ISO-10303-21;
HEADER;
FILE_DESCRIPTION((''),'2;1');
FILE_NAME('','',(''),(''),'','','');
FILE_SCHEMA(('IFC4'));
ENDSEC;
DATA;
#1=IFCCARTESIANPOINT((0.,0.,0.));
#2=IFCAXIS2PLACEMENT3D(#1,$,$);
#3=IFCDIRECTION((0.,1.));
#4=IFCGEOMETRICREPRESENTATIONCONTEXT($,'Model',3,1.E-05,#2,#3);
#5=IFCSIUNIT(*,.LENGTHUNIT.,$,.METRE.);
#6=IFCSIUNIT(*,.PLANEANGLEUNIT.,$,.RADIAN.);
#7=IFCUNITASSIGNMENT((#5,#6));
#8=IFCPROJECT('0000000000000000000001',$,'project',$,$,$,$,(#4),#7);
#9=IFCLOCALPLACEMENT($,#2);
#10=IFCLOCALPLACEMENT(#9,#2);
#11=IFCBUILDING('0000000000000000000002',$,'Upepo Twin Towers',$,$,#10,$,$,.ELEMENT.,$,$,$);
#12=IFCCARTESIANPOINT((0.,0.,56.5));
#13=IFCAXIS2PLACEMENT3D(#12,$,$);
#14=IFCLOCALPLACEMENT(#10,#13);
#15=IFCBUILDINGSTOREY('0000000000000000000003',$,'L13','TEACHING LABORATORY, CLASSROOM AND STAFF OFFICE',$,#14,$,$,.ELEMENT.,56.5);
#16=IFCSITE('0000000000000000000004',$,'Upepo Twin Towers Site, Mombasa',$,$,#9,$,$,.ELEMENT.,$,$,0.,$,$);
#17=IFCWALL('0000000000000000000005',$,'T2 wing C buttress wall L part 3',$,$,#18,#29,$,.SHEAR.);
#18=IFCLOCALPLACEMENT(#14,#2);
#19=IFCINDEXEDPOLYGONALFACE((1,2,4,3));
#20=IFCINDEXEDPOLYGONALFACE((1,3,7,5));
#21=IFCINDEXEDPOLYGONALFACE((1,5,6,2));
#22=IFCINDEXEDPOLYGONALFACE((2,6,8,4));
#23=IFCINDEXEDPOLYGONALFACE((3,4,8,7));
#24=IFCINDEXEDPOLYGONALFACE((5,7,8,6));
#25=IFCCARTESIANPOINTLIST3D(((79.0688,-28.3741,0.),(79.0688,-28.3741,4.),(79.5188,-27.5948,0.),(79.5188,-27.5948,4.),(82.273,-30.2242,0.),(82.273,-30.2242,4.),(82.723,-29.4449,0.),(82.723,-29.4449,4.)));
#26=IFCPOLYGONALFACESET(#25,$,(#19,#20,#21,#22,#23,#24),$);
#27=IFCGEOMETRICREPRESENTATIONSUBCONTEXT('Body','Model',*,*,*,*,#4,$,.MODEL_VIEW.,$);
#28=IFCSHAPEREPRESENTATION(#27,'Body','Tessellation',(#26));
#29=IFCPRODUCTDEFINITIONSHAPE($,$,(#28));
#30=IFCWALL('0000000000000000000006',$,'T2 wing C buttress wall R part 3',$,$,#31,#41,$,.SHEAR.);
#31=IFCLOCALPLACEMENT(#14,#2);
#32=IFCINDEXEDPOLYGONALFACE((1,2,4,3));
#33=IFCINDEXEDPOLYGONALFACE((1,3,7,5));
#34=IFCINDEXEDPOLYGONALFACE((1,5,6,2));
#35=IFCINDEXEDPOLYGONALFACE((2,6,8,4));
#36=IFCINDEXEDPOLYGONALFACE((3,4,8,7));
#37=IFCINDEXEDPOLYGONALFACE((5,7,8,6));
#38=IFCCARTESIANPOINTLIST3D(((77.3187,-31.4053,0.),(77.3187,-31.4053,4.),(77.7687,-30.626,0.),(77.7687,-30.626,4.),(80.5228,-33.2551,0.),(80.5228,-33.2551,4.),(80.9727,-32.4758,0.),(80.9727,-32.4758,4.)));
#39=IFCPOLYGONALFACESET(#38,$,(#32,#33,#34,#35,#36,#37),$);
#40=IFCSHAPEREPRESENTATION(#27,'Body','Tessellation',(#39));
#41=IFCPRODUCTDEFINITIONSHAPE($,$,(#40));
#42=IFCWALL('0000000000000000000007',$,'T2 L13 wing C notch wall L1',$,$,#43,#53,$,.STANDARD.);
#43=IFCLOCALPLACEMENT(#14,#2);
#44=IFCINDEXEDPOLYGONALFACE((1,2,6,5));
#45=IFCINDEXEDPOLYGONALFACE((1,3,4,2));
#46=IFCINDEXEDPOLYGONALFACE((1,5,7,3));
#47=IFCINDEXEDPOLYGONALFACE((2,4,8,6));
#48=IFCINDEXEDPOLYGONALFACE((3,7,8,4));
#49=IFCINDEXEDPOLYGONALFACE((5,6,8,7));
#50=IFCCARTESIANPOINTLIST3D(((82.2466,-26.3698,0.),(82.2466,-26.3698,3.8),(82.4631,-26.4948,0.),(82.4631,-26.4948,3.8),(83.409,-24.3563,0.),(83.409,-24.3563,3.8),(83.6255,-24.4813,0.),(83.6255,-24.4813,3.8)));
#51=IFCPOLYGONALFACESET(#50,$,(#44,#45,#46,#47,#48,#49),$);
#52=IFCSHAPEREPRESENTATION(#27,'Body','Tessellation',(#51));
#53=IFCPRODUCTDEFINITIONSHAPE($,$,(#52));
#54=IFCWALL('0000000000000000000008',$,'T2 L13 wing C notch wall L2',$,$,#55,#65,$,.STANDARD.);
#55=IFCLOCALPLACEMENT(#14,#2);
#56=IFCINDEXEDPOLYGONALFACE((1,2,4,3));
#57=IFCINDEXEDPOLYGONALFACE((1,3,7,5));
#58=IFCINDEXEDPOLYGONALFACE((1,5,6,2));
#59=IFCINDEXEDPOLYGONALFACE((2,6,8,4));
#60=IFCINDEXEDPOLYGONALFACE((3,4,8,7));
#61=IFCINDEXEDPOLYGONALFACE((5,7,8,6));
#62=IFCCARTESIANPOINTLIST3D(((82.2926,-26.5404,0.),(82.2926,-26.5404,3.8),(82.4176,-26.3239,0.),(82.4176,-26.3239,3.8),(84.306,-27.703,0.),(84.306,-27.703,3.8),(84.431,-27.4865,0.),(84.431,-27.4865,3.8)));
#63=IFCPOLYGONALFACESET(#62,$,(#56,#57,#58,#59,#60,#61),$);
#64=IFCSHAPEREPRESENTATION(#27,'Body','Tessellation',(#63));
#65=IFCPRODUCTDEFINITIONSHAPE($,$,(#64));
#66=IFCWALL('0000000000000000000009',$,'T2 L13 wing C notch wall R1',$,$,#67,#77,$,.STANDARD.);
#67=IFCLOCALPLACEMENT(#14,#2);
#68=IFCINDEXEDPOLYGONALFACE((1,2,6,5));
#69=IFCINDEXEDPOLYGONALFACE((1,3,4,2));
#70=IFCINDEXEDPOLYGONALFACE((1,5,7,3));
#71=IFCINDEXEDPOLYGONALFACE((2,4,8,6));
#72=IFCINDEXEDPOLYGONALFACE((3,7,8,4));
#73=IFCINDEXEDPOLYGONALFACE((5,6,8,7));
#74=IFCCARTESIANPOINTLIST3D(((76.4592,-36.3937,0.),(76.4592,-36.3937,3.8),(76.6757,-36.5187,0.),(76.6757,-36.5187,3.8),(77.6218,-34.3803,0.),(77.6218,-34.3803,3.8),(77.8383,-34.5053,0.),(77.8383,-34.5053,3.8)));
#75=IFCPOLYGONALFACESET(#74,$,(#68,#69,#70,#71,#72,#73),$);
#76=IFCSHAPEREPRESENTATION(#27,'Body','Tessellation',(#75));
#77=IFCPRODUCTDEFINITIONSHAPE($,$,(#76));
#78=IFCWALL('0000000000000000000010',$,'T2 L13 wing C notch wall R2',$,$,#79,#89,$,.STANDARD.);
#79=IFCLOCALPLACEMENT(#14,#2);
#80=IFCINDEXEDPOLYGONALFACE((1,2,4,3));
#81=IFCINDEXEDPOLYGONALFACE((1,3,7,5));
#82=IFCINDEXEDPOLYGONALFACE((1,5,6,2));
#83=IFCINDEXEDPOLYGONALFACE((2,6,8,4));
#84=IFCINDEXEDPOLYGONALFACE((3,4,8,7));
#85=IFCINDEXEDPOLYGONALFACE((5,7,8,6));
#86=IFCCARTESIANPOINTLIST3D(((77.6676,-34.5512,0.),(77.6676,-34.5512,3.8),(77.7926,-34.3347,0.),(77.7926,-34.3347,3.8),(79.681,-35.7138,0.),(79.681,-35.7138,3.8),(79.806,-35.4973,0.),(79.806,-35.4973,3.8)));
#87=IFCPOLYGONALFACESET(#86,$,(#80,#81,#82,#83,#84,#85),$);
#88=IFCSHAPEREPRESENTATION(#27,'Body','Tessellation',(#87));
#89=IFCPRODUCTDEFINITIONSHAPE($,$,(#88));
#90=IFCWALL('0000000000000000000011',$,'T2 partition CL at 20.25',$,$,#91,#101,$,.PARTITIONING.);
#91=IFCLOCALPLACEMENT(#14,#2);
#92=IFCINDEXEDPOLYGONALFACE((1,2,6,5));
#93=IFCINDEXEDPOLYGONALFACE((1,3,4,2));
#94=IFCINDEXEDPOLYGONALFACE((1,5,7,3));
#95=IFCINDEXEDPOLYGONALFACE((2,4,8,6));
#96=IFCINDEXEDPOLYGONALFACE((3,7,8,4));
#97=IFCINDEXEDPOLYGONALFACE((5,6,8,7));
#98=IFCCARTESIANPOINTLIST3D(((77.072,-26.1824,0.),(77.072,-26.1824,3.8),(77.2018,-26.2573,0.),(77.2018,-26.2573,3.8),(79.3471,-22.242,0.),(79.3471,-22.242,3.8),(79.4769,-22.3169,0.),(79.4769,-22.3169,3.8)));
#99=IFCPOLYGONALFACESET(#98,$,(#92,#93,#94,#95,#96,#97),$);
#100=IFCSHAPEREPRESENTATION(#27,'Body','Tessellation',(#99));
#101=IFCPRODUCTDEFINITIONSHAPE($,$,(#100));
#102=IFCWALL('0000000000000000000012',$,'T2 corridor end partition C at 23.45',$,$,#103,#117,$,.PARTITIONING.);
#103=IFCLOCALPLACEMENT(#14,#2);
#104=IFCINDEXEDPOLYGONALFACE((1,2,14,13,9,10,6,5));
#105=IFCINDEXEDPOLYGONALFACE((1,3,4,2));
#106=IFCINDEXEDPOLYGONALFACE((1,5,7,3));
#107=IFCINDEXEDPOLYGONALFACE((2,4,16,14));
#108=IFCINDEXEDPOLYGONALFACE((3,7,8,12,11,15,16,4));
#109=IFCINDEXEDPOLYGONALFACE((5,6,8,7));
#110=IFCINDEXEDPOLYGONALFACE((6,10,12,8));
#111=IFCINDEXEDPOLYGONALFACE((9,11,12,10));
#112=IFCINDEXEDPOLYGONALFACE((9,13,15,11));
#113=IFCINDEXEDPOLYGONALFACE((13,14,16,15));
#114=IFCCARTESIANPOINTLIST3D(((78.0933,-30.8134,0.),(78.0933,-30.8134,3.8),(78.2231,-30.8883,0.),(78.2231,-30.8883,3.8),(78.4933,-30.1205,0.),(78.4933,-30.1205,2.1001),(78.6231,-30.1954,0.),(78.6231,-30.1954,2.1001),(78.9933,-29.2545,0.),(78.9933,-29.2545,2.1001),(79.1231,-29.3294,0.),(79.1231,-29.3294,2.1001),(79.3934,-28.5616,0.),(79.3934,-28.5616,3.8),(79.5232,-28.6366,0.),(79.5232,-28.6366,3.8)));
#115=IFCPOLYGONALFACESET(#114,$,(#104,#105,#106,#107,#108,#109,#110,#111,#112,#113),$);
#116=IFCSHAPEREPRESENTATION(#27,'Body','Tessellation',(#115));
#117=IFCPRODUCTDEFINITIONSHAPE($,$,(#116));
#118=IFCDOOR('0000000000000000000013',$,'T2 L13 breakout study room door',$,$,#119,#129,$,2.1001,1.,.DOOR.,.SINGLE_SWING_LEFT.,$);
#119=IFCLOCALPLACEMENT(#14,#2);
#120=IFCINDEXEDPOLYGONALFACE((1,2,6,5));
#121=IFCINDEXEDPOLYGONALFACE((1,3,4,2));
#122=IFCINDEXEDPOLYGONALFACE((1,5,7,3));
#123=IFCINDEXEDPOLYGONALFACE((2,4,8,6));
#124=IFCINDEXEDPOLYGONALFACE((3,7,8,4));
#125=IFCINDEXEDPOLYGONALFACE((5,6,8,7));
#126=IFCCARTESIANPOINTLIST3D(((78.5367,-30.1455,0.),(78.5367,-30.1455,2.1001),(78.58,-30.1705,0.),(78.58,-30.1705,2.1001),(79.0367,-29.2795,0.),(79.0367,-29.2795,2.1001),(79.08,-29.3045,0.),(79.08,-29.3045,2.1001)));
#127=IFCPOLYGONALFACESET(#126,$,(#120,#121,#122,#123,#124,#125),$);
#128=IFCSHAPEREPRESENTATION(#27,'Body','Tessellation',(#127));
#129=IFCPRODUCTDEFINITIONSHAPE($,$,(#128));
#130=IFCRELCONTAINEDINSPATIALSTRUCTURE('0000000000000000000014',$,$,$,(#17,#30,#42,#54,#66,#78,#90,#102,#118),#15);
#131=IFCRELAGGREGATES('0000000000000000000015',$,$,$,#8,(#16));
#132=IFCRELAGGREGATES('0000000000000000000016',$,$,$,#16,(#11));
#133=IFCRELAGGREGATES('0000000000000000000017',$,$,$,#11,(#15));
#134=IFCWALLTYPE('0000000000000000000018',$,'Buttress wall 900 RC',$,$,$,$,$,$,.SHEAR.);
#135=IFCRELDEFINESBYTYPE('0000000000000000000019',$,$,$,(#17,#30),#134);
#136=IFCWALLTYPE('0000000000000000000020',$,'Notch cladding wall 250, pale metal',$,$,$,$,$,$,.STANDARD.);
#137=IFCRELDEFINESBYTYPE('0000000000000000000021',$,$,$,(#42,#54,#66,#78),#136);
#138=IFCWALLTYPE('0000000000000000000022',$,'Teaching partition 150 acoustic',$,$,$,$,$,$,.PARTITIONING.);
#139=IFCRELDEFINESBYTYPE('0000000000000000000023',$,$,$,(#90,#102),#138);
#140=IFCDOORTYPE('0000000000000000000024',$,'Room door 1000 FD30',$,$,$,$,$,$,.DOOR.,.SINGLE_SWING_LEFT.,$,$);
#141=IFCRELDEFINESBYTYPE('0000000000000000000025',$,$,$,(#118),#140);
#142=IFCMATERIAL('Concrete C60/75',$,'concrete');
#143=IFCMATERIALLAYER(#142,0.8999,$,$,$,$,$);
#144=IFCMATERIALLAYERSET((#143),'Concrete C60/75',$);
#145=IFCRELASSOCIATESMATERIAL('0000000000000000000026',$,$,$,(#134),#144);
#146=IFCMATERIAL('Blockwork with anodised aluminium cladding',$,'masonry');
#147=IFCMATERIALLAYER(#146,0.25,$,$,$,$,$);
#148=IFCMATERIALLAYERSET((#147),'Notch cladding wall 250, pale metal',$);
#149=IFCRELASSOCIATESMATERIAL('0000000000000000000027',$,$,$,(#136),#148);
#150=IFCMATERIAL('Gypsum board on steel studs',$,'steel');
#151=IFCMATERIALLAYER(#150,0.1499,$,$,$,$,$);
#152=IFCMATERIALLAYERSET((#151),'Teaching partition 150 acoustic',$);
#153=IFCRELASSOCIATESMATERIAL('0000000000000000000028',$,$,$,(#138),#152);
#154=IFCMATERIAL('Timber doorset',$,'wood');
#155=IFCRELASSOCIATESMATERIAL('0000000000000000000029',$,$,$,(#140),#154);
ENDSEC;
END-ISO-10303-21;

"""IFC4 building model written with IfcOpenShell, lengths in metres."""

from ifc_helpers import new_model, si_unit, direction, frame, frame_2d, origin, place, context, subcontext, project, spatial, rectangle, extrude, material, layer, layer_set, type_object, element, fill, save


model = new_model("IFC4")

# Units and contexts
model_context = context("Model", 3, precision=1e-05, world=origin(), true_north=direction((0.0, 1.0)))
body_context = subcontext(model_context, "Body", "Model", "MODEL_VIEW")
ifc_project = project(units=[si_unit("LENGTHUNIT", "METRE"), si_unit("PLANEANGLEUNIT", "RADIAN")], contexts=[model_context])

# Site, building, storey
site_placement = place(None, origin())
site = spatial("IfcSite", under=ifc_project, at=site_placement, Name="Upepo Twin Towers Site, Mombasa", CompositionType="ELEMENT", RefElevation=0.0)
building_placement = place(site_placement, origin())
building = spatial("IfcBuilding", under=site, at=building_placement, Name="Upepo Twin Towers", CompositionType="ELEMENT")
storey_placement = place(building_placement, frame((0.0, 0.0, 56.5)))
storey = spatial("IfcBuildingStorey", under=building, at=storey_placement, Name="L13", Description="TEACHING LABORATORY, CLASSROOM AND STAFF OFFICE", CompositionType="ELEMENT", Elevation=56.5)

# Walls
ifc_material_1 = material(Name="Concrete C60/75", Category="concrete")
ifc_layer_1 = layer(ifc_material_1, 0.8999)
ifc_layer_set_1 = layer_set([ifc_layer_1], Name="Concrete C60/75")
wall_type_1 = type_object("IfcWallType", Name="Buttress wall 900 RC", PredefinedType="SHEAR", material=ifc_layer_set_1)
wall_1_placement = place(storey_placement, frame((79.2937, -27.9844, 0.0), z_axis=(0.0, 0.0, 1.0), x_axis=(0.866001, -0.500042, 0.0)))
element("IfcWall", 1, at=wall_1_placement, inside=storey, type_object=wall_type_1, Name="T2 wing C buttress wall L part 3", PredefinedType="SHEAR", context=body_context, shape_type="SweptSolid", body=[
    extrude(rectangle(XDim=3.7, YDim=0.8999, at=frame_2d((1.8501, 0.0))), origin(), (0.0, 0.0, 1.0), 4.0),
])
wall_2_placement = place(storey_placement, frame((77.5437, -31.0156, 0.0), z_axis=(0.0, 0.0, 1.0), x_axis=(0.86603, -0.499993, 0.0)))
element("IfcWall", 2, at=wall_2_placement, inside=storey, type_object=wall_type_1, Name="T2 wing C buttress wall R part 3", PredefinedType="SHEAR", context=body_context, shape_type="SweptSolid", body=[
    extrude(rectangle(XDim=3.6997, YDim=0.8999, at=frame_2d((1.8499, 0.0))), origin(), (0.0, 0.0, 1.0), 4.0),
])
ifc_material_2 = material(Name="Blockwork with anodised aluminium cladding", Category="masonry")
ifc_layer_2 = layer(ifc_material_2, 0.25)
ifc_layer_set_2 = layer_set([ifc_layer_2], Name="Notch cladding wall 250, pale metal")
wall_type_2 = type_object("IfcWallType", Name="Notch cladding wall 250, pale metal", PredefinedType="STANDARD", material=ifc_layer_set_2)
for number, where, z_axis, x_axis, name in (
    (3, (83.5173, -24.4187, 0.0), (0.0, 0.0, 1.0), (-0.499968, -0.866044, 0.0), "T2 L13 wing C notch wall L1"),
    (4, (82.355, -26.4321, 0.0), (0.0, 0.0, 1.0), (0.865998, -0.500047, 0.0), "T2 L13 wing C notch wall L2"),
    (5, (76.5674, -36.4563, 0.0), (0.0, 0.0, 1.0), (0.500047, 0.865998, 0.0), "T2 L13 wing C notch wall R1"),
    (6, (77.73, -34.4429, 0.0), (0.0, 0.0, 1.0), (0.865998, -0.500047, 0.0), "T2 L13 wing C notch wall R2"),
):
    element("IfcWall", number, at=place(storey_placement, frame(where, z_axis=z_axis, x_axis=x_axis)), inside=storey, type_object=wall_type_2, Name=name, PredefinedType="STANDARD", context=body_context, shape_type="SweptSolid", body=[
        extrude(rectangle(XDim=2.325, YDim=0.25, at=frame_2d((1.1626, 0.0))), origin(), (0.0, 0.0, 1.0), 3.8),
    ])
ifc_material_3 = material(Name="Gypsum board on steel studs", Category="steel")
ifc_layer_3 = layer(ifc_material_3, 0.1499)
ifc_layer_set_3 = layer_set([ifc_layer_3], Name="Teaching partition 150 acoustic")
wall_type_3 = type_object("IfcWallType", Name="Teaching partition 150 acoustic", PredefinedType="PARTITIONING", material=ifc_layer_set_3)
wall_3_placement = place(storey_placement, frame((77.137, -26.2197, 0.0), z_axis=(0.0, 0.0, 1.0), x_axis=(0.500023, 0.866012, 0.0)))
element("IfcWall", 7, at=wall_3_placement, inside=storey, type_object=wall_type_3, Name="T2 partition CL at 20.25", PredefinedType="PARTITIONING", context=body_context, shape_type="SweptSolid", body=[
    extrude(rectangle(XDim=4.55, YDim=0.1499, at=frame_2d((2.2749, 0.0))), origin(), (0.0, 0.0, 1.0), 3.8),
])

# Wall, opening, door
wall_4_placement = place(storey_placement, frame((78.1582, -30.8508, 0.0), z_axis=(0.0, 0.0, 1.0), x_axis=(0.500007, 0.866021, 0.0)))
wall_4 = element("IfcWall", 8, at=wall_4_placement, inside=storey, type_object=wall_type_3, Name="T2 corridor end partition C at 23.45", PredefinedType="PARTITIONING", context=body_context, shape_type="SweptSolid", body=[
    extrude(rectangle(XDim=2.6001, YDim=0.1499, at=frame_2d((1.3, 0.0))), origin(), (0.0, 0.0, 1.0), 3.8),
])
opening_placement = place(wall_4_placement, frame((0.8, 0.0, 0.0)))
opening = element("IfcOpeningElement", 9, at=opening_placement, cuts=wall_4, PredefinedType="OPENING", context=body_context, shape_type="SweptSolid", body=[
    extrude(rectangle(XDim=1.0, YDim=2.1001, at=frame_2d((0.5, 1.05))), frame((0.0, 0.085, 0.0), z_axis=(0.0, -1.0, 0.0), x_axis=(1.0, 0.0, 0.0)), (0.0, 0.0, 1.0), 0.1699),
])
ifc_material_4 = material(Name="Timber doorset", Category="wood")
door_type = type_object("IfcDoorType", Name="Room door 1000 FD30", OperationType="SINGLE_SWING_LEFT", PredefinedType="DOOR", material=ifc_material_4)
door_placement = place(opening_placement, origin())
door = element("IfcDoor", 10, at=door_placement, inside=storey, type_object=door_type, Name="T2 L13 breakout study room door", OperationType="SINGLE_SWING_LEFT", OverallHeight=2.1001, OverallWidth=1.0, PredefinedType="DOOR", context=body_context, shape_type="SweptSolid", body=[
    extrude(rectangle(XDim=1.0, YDim=2.1001, at=frame_2d((0.5, 1.05))), frame((0.0, 0.0249, 0.0), z_axis=(0.0, -1.0, 0.0), x_axis=(1.0, 0.0, 0.0)), (0.0, 0.0, 1.0), 0.05),
])
fill(opening, door)

save(model, "model.ifc")
